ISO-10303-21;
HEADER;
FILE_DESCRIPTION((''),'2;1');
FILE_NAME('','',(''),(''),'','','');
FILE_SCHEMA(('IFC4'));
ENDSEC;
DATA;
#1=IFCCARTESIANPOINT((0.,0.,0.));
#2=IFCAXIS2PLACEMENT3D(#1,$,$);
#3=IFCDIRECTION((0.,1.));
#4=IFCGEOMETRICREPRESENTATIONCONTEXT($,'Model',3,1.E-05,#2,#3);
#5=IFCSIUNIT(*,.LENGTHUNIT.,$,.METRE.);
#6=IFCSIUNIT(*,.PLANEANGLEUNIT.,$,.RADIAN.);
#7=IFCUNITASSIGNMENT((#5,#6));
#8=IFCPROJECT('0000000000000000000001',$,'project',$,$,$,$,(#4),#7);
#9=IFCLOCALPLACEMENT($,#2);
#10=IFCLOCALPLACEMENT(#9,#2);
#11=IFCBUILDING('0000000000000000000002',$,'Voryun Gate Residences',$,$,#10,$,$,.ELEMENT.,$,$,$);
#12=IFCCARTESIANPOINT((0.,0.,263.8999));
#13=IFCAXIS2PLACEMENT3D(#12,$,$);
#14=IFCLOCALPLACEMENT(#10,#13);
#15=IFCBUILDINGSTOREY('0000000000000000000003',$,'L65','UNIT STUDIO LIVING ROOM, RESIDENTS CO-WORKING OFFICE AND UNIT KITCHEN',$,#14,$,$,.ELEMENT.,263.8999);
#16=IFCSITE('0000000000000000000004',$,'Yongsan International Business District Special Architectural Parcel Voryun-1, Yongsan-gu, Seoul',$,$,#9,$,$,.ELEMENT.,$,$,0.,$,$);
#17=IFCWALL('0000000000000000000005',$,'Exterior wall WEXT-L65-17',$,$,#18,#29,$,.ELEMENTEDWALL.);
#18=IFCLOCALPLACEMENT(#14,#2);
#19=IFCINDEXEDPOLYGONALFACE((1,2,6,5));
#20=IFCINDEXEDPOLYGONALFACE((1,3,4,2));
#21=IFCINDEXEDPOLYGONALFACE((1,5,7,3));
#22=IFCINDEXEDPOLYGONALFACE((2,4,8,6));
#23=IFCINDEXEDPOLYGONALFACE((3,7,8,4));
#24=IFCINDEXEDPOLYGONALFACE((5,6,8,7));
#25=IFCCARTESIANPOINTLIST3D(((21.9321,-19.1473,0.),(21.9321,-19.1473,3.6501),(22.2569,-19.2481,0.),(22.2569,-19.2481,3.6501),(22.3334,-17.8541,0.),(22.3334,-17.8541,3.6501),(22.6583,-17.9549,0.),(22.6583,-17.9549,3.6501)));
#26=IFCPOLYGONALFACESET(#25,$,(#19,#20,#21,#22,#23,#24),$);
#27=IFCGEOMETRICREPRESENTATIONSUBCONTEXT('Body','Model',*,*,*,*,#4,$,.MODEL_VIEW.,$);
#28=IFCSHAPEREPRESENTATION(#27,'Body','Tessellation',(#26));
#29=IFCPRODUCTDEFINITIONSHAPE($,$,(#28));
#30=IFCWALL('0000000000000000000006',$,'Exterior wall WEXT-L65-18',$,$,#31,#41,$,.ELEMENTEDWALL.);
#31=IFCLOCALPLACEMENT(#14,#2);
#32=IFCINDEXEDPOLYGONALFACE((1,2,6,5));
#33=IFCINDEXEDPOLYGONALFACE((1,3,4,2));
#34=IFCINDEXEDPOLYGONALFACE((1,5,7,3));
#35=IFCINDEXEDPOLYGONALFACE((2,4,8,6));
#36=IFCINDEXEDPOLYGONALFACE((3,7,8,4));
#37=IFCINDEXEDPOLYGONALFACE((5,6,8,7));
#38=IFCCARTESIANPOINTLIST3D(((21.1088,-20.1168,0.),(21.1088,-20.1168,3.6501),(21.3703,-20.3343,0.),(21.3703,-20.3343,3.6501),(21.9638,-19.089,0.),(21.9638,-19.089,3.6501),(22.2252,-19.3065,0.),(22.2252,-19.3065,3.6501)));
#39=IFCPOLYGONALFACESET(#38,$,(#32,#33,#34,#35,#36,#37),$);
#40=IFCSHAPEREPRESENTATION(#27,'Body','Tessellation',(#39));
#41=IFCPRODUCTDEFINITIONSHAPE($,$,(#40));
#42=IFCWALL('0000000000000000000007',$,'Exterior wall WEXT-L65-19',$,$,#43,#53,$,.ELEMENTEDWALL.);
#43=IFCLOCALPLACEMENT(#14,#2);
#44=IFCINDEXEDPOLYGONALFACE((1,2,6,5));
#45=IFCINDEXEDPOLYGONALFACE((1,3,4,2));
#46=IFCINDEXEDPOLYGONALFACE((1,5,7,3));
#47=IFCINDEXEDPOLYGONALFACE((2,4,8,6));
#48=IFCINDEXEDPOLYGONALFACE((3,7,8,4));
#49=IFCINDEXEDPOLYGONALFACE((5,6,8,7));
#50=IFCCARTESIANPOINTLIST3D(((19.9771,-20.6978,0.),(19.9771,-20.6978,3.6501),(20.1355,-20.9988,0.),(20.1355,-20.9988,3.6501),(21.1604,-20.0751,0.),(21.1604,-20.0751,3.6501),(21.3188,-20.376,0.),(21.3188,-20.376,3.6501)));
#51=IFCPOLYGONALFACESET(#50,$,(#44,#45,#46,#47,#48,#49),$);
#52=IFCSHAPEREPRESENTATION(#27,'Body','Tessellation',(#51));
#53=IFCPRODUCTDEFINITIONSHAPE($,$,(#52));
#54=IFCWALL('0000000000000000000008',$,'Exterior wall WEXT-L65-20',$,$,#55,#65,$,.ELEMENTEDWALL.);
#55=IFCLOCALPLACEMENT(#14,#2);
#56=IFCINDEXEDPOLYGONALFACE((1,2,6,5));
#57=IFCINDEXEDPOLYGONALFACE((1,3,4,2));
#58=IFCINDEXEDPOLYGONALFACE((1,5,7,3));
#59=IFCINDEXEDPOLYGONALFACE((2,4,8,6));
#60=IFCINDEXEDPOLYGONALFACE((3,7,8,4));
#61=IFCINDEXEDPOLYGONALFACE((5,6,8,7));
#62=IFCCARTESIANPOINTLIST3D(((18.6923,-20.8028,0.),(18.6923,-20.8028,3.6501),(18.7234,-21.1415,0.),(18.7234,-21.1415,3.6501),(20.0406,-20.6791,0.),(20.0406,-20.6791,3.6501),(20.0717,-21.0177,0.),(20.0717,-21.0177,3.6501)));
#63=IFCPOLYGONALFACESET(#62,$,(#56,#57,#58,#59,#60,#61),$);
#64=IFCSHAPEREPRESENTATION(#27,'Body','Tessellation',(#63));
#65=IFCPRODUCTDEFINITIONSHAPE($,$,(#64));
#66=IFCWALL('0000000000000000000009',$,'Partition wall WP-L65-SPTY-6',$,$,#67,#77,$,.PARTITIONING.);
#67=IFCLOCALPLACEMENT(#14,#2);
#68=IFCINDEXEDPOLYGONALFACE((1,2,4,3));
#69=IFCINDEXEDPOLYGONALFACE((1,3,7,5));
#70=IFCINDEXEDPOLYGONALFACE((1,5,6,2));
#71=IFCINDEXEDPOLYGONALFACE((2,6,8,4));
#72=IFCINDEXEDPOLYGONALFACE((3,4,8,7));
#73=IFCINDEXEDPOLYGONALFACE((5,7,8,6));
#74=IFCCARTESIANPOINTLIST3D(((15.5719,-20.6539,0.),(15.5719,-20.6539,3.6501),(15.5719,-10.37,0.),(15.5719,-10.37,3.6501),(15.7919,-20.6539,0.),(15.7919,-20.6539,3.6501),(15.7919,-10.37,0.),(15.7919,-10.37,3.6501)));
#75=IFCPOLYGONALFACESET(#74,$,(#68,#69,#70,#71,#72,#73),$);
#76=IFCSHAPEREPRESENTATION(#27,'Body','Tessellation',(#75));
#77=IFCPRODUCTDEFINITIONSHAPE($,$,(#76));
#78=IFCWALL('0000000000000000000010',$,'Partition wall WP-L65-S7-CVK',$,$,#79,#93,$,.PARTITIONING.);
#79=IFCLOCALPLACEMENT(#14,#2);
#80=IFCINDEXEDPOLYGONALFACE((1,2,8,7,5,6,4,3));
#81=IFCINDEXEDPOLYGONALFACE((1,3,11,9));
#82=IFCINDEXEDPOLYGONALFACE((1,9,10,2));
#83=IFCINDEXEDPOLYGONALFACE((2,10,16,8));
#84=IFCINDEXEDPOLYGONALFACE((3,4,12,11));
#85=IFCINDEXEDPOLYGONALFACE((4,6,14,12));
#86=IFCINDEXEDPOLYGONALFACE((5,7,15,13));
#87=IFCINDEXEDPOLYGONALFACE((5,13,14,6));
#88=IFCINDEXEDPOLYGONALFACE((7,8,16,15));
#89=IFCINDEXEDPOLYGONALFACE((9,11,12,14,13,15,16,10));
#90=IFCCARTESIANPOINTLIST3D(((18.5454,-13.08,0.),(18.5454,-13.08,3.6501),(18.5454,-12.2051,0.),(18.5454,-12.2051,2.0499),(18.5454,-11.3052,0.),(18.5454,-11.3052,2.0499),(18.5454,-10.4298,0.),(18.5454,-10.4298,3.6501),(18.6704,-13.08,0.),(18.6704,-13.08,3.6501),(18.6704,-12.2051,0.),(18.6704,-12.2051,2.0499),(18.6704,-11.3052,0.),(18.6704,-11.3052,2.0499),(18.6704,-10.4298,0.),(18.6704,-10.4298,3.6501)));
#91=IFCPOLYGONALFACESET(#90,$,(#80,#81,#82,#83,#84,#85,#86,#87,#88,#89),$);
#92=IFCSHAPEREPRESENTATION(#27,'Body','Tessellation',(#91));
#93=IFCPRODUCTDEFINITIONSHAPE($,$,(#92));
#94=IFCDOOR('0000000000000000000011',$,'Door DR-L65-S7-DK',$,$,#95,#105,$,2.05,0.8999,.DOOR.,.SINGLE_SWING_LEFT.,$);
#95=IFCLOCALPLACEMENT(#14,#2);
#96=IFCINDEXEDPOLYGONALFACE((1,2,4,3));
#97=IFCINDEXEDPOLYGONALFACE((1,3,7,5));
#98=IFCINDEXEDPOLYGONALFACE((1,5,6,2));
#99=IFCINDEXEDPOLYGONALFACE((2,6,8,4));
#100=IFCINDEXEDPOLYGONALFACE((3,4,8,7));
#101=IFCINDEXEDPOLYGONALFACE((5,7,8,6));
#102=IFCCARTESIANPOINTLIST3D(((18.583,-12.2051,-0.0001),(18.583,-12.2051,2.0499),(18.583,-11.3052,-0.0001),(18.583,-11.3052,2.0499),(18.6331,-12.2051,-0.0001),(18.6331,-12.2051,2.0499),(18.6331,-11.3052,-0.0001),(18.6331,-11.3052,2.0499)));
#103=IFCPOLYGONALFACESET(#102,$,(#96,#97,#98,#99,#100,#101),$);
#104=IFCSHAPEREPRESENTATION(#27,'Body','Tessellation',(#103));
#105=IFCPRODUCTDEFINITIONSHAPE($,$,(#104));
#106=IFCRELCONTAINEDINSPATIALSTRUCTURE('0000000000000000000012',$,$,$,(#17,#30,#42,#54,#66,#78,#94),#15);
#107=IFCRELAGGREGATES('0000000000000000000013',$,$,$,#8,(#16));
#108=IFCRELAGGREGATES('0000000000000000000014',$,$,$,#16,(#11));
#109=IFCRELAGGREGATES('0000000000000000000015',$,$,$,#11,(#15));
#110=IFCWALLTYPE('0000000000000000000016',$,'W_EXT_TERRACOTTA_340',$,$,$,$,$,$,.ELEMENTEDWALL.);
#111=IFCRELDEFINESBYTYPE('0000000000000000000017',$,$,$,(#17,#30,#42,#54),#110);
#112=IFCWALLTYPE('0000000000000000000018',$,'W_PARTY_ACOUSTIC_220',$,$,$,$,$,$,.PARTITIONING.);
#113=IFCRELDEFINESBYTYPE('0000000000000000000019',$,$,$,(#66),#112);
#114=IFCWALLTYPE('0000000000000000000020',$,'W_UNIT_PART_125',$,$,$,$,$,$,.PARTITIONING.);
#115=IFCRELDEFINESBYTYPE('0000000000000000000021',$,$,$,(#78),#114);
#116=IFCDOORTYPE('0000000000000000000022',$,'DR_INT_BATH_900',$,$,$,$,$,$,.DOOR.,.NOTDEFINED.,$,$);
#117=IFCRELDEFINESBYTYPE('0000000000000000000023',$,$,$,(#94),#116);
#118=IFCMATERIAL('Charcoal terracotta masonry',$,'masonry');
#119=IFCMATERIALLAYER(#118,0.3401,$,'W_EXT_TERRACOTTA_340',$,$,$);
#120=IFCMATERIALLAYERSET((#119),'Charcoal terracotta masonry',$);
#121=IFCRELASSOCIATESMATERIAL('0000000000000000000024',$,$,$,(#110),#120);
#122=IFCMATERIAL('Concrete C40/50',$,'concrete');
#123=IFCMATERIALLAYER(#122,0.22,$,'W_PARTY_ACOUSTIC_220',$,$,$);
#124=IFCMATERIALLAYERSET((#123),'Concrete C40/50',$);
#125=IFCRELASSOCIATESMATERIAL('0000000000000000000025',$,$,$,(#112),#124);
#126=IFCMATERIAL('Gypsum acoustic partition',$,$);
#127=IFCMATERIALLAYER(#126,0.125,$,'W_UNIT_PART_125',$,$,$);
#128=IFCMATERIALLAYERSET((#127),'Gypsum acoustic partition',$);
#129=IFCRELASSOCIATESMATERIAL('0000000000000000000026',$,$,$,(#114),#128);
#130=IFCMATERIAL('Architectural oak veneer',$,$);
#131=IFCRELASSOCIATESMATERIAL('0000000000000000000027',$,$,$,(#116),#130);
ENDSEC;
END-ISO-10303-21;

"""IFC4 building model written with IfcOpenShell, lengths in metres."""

from ifc_helpers import new_model, si_unit, direction, frame, frame_2d, origin, place, context, subcontext, project, spatial, rectangle, extrude, material, layer, layer_set, type_object, element, fill, save


model = new_model("IFC4")

# Units and contexts
model_context = context("Model", 3, precision=1e-05, world=origin(), true_north=direction((0.0, 1.0)))
body_context = subcontext(model_context, "Body", "Model", "MODEL_VIEW")
ifc_project = project(units=[si_unit("LENGTHUNIT", "METRE"), si_unit("PLANEANGLEUNIT", "RADIAN")], contexts=[model_context])

# Site, building, storey
site_placement = place(None, origin())
site = spatial("IfcSite", under=ifc_project, at=site_placement, Name="Yongsan International Business District Special Architectural Parcel Voryun-1, Yongsan-gu, Seoul", CompositionType="ELEMENT", RefElevation=0.0)
building_placement = place(site_placement, origin())
building = spatial("IfcBuilding", under=site, at=building_placement, Name="Voryun Gate Residences", CompositionType="ELEMENT")
storey_placement = place(building_placement, frame((0.0, 0.0, 263.8999)))
storey = spatial("IfcBuildingStorey", under=building, at=storey_placement, Name="L65", Description="UNIT STUDIO LIVING ROOM, RESIDENTS CO-WORKING OFFICE AND UNIT KITCHEN", CompositionType="ELEMENT", Elevation=263.8999)

# Shared definitions
ifc_material_1 = material(Name="Charcoal terracotta masonry", Category="masonry")
ifc_layer_1 = layer(ifc_material_1, 0.3401, Name="W_EXT_TERRACOTTA_340")
ifc_layer_set_1 = layer_set([ifc_layer_1], Name="Charcoal terracotta masonry")
wall_type_1 = type_object("IfcWallType", Name="W_EXT_TERRACOTTA_340", PredefinedType="ELEMENTEDWALL", material=ifc_layer_set_1)

# Walls
wall_1_placement = place(storey_placement, frame((22.4958, -17.9045, 0.0), z_axis=(0.0, 0.0, 1.0), x_axis=(-0.296416, -0.955059, 0.0)))
element("IfcWall", 1, at=wall_1_placement, inside=storey, type_object=wall_type_1, Name="Exterior wall WEXT-L65-17", PredefinedType="ELEMENTEDWALL", context=body_context, shape_type="SweptSolid", body=[
    extrude(rectangle(XDim=1.354, YDim=0.3401, at=frame_2d((0.677, 0.0))), origin(), (0.0, 0.0, 1.0), 3.6501),
])
wall_2_placement = place(storey_placement, frame((22.0945, -19.1978, 0.0), z_axis=(0.0, 0.0, 1.0), x_axis=(-0.639502, -0.76879, 0.0)))
element("IfcWall", 2, at=wall_2_placement, inside=storey, type_object=wall_type_1, Name="Exterior wall WEXT-L65-18", PredefinedType="ELEMENTEDWALL", context=body_context, shape_type="SweptSolid", body=[
    extrude(rectangle(XDim=1.3369, YDim=0.3401, at=frame_2d((0.6685, 0.0))), origin(), (0.0, 0.0, 1.0), 3.6501),
])
wall_3_placement = place(storey_placement, frame((21.2395, -20.2256, 0.0), z_axis=(0.0, 0.0, 1.0), x_axis=(-0.884922, -0.465739, 0.0)))
element("IfcWall", 3, at=wall_3_placement, inside=storey, type_object=wall_type_1, Name="Exterior wall WEXT-L65-19", PredefinedType="ELEMENTEDWALL", context=body_context, shape_type="SweptSolid", body=[
    extrude(rectangle(XDim=1.3372, YDim=0.3401, at=frame_2d((0.6685, 0.0))), origin(), (0.0, 0.0, 1.0), 3.6501),
])
wall_4_placement = place(storey_placement, frame((20.0562, -20.8484, 0.0), z_axis=(0.0, 0.0, 1.0), x_axis=(-0.995813, -0.091414, 0.0)))
element("IfcWall", 4, at=wall_4_placement, inside=storey, type_object=wall_type_1, Name="Exterior wall WEXT-L65-20", PredefinedType="ELEMENTEDWALL", context=body_context, shape_type="SweptSolid", body=[
    extrude(rectangle(XDim=1.354, YDim=0.3401, at=frame_2d((0.677, 0.0))), origin(), (0.0, 0.0, 1.0), 3.6501),
])
ifc_material_2 = material(Name="Concrete C40/50", Category="concrete")
ifc_layer_2 = layer(ifc_material_2, 0.22, Name="W_PARTY_ACOUSTIC_220")
ifc_layer_set_2 = layer_set([ifc_layer_2], Name="Concrete C40/50")
wall_type_2 = type_object("IfcWallType", Name="W_PARTY_ACOUSTIC_220", PredefinedType="PARTITIONING", material=ifc_layer_set_2)
wall_5_placement = place(storey_placement, frame((15.6819, -20.6541, 0.0), z_axis=(0.0, 0.0, 1.0), x_axis=(0.0, 1.0, 0.0)))
element("IfcWall", 5, at=wall_5_placement, inside=storey, type_object=wall_type_2, Name="Partition wall WP-L65-SPTY-6", PredefinedType="PARTITIONING", context=body_context, shape_type="SweptSolid", body=[
    extrude(rectangle(XDim=10.2839, YDim=0.22, at=frame_2d((5.1421, 0.0))), origin(), (0.0, 0.0, 1.0), 3.6501),
])

# Wall, opening, door
ifc_material_3 = material(Name="Gypsum acoustic partition")
ifc_layer_3 = layer(ifc_material_3, 0.125, Name="W_UNIT_PART_125")
ifc_layer_set_3 = layer_set([ifc_layer_3], Name="Gypsum acoustic partition")
wall_type_3 = type_object("IfcWallType", Name="W_UNIT_PART_125", PredefinedType="PARTITIONING", material=ifc_layer_set_3)
wall_6_placement = place(storey_placement, frame((18.6079, -13.0801, 0.0), z_axis=(0.0, 0.0, 1.0), x_axis=(0.0, 1.0, 0.0)))
wall_6 = element("IfcWall", 6, at=wall_6_placement, inside=storey, type_object=wall_type_3, Name="Partition wall WP-L65-S7-CVK", PredefinedType="PARTITIONING", context=body_context, shape_type="SweptSolid", body=[
    extrude(rectangle(XDim=2.6501, YDim=0.125, at=frame_2d((1.3252, 0.0))), origin(), (0.0, 0.0, 1.0), 3.6501),
])
opening_1_placement = place(wall_6_placement, frame((0.875, 0.0, 0.0)))
opening_1 = element("IfcOpeningElement", 7, at=opening_1_placement, cuts=wall_6, PredefinedType="OPENING", context=body_context, shape_type="SweptSolid", body=[
    extrude(rectangle(XDim=0.8999, YDim=2.05, at=frame_2d((0.45, 1.0249))), frame((0.0, 0.0725, 0.0), z_axis=(0.0, -1.0, 0.0), x_axis=(1.0, 0.0, 0.0)), (0.0, 0.0, 1.0), 0.145),
])
ifc_material_4 = material(Name="Architectural oak veneer")
door_type = type_object("IfcDoorType", Name="DR_INT_BATH_900", OperationType="NOTDEFINED", PredefinedType="DOOR", material=ifc_material_4)
door_placement = place(opening_1_placement, origin())
door = element("IfcDoor", 8, at=door_placement, inside=storey, type_object=door_type, Name="Door DR-L65-S7-DK", OperationType="SINGLE_SWING_LEFT", OverallHeight=2.05, OverallWidth=0.8999, PredefinedType="DOOR", context=body_context, shape_type="SweptSolid", body=[
    extrude(rectangle(XDim=0.8999, YDim=2.05, at=frame_2d((0.45, 1.0249))), frame((0.0, 0.0249, 0.0), z_axis=(0.0, -1.0, 0.0), x_axis=(1.0, 0.0, 0.0)), (0.0, 0.0, 1.0), 0.05),
])
fill(opening_1, door)

save(model, "model.ifc")
